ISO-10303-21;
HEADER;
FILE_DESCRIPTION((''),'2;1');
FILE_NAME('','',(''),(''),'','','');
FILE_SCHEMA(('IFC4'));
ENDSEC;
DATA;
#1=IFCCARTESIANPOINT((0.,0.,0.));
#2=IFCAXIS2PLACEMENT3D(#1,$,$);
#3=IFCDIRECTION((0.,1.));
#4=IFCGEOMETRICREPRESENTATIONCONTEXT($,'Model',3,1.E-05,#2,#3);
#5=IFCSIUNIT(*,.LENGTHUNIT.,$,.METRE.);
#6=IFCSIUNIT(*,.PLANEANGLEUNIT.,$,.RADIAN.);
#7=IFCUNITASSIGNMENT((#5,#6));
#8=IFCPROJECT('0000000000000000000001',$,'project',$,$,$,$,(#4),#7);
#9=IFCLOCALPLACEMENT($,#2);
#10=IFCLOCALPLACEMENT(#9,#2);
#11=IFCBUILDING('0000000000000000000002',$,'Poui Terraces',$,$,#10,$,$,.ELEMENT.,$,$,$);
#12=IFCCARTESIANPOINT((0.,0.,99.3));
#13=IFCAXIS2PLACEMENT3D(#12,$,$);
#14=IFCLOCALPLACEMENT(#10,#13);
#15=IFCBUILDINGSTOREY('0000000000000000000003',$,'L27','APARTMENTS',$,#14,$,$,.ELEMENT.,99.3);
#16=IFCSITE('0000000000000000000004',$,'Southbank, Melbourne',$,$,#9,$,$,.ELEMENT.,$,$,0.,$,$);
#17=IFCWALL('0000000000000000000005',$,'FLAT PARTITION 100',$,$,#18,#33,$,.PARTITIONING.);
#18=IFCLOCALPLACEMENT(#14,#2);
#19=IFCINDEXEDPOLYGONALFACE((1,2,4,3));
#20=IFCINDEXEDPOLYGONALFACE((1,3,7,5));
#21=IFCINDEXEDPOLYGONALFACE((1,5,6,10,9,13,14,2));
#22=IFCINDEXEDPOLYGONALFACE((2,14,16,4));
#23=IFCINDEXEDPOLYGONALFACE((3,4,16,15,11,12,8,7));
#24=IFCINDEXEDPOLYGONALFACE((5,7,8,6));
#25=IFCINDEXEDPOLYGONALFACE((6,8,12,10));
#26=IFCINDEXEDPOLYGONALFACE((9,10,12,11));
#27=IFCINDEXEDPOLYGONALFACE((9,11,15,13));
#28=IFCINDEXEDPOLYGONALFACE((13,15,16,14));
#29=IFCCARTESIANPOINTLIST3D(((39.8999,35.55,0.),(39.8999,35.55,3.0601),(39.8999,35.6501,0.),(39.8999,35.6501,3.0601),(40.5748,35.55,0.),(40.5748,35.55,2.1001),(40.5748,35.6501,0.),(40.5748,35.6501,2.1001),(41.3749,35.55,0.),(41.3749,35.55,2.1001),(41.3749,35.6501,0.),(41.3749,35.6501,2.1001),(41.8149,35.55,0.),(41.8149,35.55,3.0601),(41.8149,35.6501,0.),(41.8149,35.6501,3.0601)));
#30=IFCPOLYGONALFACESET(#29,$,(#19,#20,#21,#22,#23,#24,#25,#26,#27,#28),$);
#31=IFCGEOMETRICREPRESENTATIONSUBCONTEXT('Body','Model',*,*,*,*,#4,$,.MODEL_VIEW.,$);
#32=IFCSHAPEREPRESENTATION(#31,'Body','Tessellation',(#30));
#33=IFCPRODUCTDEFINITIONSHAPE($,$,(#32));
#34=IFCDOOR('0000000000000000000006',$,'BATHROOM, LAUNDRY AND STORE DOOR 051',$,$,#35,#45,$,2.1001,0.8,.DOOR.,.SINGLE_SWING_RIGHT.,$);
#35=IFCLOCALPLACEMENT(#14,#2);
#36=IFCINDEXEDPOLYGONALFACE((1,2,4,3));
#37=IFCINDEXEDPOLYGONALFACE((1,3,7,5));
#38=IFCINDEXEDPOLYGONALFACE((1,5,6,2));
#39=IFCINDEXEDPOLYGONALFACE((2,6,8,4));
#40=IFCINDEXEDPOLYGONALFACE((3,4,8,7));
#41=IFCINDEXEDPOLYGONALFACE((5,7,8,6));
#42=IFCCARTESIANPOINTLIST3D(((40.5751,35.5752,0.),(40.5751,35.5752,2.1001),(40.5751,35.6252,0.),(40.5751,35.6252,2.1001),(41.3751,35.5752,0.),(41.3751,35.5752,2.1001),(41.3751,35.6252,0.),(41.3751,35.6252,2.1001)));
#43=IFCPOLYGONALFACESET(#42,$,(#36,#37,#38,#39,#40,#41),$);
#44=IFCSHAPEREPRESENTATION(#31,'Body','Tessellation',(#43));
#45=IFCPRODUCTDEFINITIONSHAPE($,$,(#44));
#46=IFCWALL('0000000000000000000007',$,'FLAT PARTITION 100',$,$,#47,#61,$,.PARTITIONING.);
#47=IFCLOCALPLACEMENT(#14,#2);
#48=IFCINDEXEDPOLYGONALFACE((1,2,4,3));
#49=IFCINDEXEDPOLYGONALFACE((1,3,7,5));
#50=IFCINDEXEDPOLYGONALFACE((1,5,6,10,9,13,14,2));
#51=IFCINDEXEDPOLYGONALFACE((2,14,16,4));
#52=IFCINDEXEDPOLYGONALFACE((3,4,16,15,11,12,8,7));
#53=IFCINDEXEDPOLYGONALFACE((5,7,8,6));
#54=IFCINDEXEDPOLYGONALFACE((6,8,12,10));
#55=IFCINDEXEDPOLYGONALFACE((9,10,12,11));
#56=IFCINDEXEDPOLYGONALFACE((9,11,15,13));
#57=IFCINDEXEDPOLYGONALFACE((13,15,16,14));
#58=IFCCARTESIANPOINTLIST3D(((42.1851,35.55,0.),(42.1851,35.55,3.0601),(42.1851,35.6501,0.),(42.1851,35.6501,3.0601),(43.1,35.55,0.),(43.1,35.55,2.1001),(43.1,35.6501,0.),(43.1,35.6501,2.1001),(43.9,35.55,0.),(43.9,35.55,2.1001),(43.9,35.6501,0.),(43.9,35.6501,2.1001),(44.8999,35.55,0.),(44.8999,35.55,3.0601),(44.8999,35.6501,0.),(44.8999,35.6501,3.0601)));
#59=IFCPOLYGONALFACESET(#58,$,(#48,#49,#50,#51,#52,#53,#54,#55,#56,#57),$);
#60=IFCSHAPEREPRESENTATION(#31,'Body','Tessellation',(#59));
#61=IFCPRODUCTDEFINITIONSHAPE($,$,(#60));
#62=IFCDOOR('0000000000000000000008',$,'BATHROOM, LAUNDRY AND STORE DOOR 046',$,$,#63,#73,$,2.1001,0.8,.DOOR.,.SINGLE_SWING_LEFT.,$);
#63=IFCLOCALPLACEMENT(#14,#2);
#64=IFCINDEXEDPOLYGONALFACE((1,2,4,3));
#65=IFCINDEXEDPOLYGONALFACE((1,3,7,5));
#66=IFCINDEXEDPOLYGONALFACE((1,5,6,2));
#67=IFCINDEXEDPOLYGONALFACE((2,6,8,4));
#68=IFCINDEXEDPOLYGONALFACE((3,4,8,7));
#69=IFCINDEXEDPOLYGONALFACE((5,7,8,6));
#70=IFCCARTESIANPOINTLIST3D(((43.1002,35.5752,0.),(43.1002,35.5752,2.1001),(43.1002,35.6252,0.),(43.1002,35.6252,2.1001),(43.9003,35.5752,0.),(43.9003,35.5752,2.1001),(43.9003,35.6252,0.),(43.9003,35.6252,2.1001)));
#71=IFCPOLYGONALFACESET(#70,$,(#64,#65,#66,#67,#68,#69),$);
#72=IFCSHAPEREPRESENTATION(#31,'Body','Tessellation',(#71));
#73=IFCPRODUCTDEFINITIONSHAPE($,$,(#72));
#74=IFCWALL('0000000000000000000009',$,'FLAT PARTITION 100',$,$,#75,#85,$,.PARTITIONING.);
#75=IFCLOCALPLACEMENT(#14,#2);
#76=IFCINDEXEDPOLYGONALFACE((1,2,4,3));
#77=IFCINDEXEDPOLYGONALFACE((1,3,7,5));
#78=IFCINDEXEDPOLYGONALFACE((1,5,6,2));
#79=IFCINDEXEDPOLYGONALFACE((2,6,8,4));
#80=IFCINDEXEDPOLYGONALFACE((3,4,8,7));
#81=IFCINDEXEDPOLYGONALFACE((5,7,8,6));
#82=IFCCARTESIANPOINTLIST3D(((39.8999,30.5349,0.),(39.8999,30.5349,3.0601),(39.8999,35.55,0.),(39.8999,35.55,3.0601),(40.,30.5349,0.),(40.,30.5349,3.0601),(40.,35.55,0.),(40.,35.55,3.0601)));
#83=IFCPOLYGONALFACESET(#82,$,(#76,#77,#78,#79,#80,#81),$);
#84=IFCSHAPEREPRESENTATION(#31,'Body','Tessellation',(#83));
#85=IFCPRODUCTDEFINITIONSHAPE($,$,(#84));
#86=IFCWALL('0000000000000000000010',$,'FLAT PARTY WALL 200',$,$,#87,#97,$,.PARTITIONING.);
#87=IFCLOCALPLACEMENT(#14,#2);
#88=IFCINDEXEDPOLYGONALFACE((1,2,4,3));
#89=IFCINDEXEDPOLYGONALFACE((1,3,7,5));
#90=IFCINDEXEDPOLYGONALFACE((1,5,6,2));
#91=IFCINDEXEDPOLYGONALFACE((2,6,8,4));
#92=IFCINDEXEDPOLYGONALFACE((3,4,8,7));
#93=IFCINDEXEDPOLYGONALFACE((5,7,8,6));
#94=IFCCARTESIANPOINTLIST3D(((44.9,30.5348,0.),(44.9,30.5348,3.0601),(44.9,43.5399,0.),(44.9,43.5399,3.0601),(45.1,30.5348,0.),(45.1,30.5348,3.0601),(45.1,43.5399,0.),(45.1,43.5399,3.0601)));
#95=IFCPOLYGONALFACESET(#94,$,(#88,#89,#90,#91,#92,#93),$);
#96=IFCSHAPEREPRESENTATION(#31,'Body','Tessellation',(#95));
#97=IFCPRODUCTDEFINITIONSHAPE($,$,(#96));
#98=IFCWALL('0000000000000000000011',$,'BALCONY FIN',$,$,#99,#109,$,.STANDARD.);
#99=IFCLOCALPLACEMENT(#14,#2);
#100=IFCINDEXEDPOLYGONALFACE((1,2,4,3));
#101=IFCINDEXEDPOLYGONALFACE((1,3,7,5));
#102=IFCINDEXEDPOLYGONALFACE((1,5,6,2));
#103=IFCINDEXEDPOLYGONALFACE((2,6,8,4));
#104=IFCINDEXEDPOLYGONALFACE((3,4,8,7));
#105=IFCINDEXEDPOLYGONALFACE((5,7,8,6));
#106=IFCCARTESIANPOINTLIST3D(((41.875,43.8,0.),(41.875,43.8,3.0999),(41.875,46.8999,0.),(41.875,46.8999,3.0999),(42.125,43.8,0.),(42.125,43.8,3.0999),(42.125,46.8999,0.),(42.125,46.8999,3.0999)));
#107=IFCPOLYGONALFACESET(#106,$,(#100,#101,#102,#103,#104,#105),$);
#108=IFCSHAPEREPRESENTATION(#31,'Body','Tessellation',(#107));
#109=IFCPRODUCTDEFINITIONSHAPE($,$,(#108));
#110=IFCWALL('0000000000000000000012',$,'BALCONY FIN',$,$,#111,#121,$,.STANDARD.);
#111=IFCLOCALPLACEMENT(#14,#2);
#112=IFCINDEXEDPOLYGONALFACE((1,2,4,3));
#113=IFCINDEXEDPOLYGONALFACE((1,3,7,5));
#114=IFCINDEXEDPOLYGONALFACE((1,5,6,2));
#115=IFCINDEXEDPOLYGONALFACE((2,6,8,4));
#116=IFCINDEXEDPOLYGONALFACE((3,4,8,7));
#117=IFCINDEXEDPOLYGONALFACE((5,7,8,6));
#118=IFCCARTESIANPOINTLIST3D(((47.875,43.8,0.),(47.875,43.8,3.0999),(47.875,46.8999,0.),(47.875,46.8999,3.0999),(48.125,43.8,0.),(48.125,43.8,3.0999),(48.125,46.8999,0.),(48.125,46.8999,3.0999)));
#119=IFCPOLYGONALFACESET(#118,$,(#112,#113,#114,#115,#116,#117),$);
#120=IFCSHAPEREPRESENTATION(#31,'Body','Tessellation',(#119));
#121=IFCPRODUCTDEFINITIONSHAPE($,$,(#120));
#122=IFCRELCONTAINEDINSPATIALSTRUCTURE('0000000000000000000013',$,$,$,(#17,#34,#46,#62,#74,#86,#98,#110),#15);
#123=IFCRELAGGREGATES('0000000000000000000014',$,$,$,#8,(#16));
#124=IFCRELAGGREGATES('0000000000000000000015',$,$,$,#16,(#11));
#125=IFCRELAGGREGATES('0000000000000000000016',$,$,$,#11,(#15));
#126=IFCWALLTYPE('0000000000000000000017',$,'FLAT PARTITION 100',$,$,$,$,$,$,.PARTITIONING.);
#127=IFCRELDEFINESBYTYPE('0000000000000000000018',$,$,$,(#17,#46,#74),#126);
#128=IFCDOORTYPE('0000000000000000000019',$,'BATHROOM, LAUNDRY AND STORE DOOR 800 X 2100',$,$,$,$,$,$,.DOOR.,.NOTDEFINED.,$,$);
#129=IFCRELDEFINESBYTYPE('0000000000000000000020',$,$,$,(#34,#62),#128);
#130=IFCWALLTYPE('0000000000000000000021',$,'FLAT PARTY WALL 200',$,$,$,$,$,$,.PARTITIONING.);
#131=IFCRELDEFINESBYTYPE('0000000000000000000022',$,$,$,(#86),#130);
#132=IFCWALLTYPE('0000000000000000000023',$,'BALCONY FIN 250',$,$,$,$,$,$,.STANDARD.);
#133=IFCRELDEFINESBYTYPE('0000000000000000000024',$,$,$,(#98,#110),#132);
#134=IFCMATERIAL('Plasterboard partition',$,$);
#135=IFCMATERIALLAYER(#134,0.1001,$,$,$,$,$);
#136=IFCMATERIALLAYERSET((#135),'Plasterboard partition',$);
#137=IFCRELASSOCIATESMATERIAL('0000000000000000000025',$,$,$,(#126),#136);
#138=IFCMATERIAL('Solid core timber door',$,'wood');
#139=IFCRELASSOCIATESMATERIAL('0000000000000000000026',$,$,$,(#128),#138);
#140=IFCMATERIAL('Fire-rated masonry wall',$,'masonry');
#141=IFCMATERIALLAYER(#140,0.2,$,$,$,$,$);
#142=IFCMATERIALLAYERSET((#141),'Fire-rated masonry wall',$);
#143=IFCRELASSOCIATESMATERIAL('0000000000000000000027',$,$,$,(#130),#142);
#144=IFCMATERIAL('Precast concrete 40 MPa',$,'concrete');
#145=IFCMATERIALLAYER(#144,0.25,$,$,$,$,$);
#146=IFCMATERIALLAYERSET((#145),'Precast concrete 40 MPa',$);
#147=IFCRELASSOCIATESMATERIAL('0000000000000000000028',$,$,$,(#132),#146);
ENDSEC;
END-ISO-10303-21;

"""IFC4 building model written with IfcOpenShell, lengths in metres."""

from ifc_helpers import new_model, si_unit, direction, frame, frame_2d, origin, place, context, subcontext, project, spatial, polyline, rectangle, outline, extrude, source, transform, mapped, material, layer, layer_set, type_object, element, fill, save


model = new_model("IFC4")

# Units and contexts
model_context = context("Model", 3, precision=1e-05, world=origin(), true_north=direction((0.0, 1.0)))
body_context = subcontext(model_context, "Body", "Model", "MODEL_VIEW")
ifc_project = project(units=[si_unit("LENGTHUNIT", "METRE"), si_unit("PLANEANGLEUNIT", "RADIAN")], contexts=[model_context])

# Site, building, storey
site_placement = place(None, origin())
site = spatial("IfcSite", under=ifc_project, at=site_placement, Name="Southbank, Melbourne", CompositionType="ELEMENT", RefElevation=0.0)
building_placement = place(site_placement, origin())
building = spatial("IfcBuilding", under=site, at=building_placement, Name="Poui Terraces", CompositionType="ELEMENT")
storey_placement = place(building_placement, frame((0.0, 0.0, 99.3)))
storey = spatial("IfcBuildingStorey", under=building, at=storey_placement, Name="L27", Description="APARTMENTS", CompositionType="ELEMENT", Elevation=99.3)

# Walls, openings, doors
ifc_material_1 = material(Name="Solid core timber door", Category="wood")
ifc_material_2 = material(Name="Plasterboard partition")
ifc_layer_1 = layer(ifc_material_2, 0.1001)
ifc_layer_set_1 = layer_set([ifc_layer_1], Name="Plasterboard partition")
wall_type_1 = type_object("IfcWallType", Name="FLAT PARTITION 100", PredefinedType="PARTITIONING", material=ifc_layer_set_1)
door_type_1 = type_object("IfcDoorType", Name="BATHROOM, LAUNDRY AND STORE DOOR 800 X 2100", OperationType="NOTDEFINED", PredefinedType="DOOR", material=ifc_material_1)
wall_1_placement = place(storey_placement, frame((39.8999, 35.6001, 0.0), z_axis=(0.0, 0.0, 1.0), x_axis=(1.0, 0.0, 0.0)))
wall_1 = element("IfcWall", 1, at=wall_1_placement, inside=storey, type_object=wall_type_1, Name="FLAT PARTITION 100", PredefinedType="PARTITIONING", context=body_context, shape_type="SweptSolid", body=[
    extrude(rectangle(XDim=1.915, YDim=0.1001, at=frame_2d((0.9575, 0.0))), origin(), (0.0, 0.0, 1.0), 3.0601),
])
opening_1_placement = place(wall_1_placement, frame((0.675, 0.0, 0.0)))
opening_1 = element("IfcOpeningElement", 2, at=opening_1_placement, cuts=wall_1, PredefinedType="OPENING", context=body_context, shape_type="SweptSolid", body=[
    extrude(rectangle(XDim=0.8, YDim=2.1001, at=frame_2d((0.3999, 1.05))), frame((0.0, 0.0601, 0.0), z_axis=(0.0, -1.0, 0.0), x_axis=(1.0, 0.0, 0.0)), (0.0, 0.0, 1.0), 0.1201),
])
door_1_placement = place(opening_1_placement, frame((0.8, 0.0, 0.0), z_axis=(0.0, 0.0, 1.0), x_axis=(-1.0, 0.0, 0.0)))
door_1 = element("IfcDoor", 3, at=door_1_placement, inside=storey, type_object=door_type_1, Name="BATHROOM, LAUNDRY AND STORE DOOR 051", OperationType="SINGLE_SWING_RIGHT", OverallHeight=2.1001, OverallWidth=0.8, PredefinedType="DOOR", context=body_context, shape_type="SweptSolid", body=[
    extrude(rectangle(XDim=0.8, YDim=2.1001, at=frame_2d((0.3999, 1.05))), frame((0.0, 0.0249, 0.0), z_axis=(0.0, -1.0, 0.0), x_axis=(1.0, 0.0, 0.0)), (0.0, 0.0, 1.0), 0.05),
])
fill(opening_1, door_1)
wall_2_placement = place(storey_placement, frame((42.1851, 35.6001, 0.0), z_axis=(0.0, 0.0, 1.0), x_axis=(1.0, 0.0, 0.0)))
wall_2 = element("IfcWall", 4, at=wall_2_placement, inside=storey, type_object=wall_type_1, Name="FLAT PARTITION 100", PredefinedType="PARTITIONING", context=body_context, shape_type="SweptSolid", body=[
    extrude(rectangle(XDim=2.7148, YDim=0.1001, at=frame_2d((1.3574, 0.0))), origin(), (0.0, 0.0, 1.0), 3.0601),
])
opening_2_placement = place(wall_2_placement, frame((0.915, 0.0, 0.0)))
opening_2 = element("IfcOpeningElement", 5, at=opening_2_placement, cuts=wall_2, PredefinedType="OPENING", context=body_context, shape_type="SweptSolid", body=[
    extrude(rectangle(XDim=0.8, YDim=2.1001, at=frame_2d((0.3999, 1.05))), frame((0.0, 0.0601, 0.0), z_axis=(0.0, -1.0, 0.0), x_axis=(1.0, 0.0, 0.0)), (0.0, 0.0, 1.0), 0.1201),
])
door_2_placement = place(opening_2_placement, frame((0.8, 0.0, 0.0), z_axis=(0.0, 0.0, 1.0), x_axis=(-1.0, 0.0, 0.0)))
door_2 = element("IfcDoor", 6, at=door_2_placement, inside=storey, type_object=door_type_1, Name="BATHROOM, LAUNDRY AND STORE DOOR 046", OperationType="SINGLE_SWING_LEFT", OverallHeight=2.1001, OverallWidth=0.8, PredefinedType="DOOR", context=body_context, shape_type="SweptSolid", body=[
    extrude(rectangle(XDim=0.8, YDim=2.1001, at=frame_2d((0.3999, 1.05))), frame((0.0, 0.0249, 0.0), z_axis=(0.0, -1.0, 0.0), x_axis=(1.0, 0.0, 0.0)), (0.0, 0.0, 1.0), 0.05),
])
fill(opening_2, door_2)

# Walls
wall_3_placement = place(storey_placement, frame((39.95, 30.5349, 0.0), z_axis=(0.0, 0.0, 1.0), x_axis=(0.0, 1.0, 0.0)))
element("IfcWall", 7, at=wall_3_placement, inside=storey, type_object=wall_type_1, Name="FLAT PARTITION 100", PredefinedType="PARTITIONING", context=body_context, shape_type="SweptSolid", body=[
    extrude(rectangle(XDim=5.0151, YDim=0.1001, at=frame_2d((2.5076, 0.0))), origin(), (0.0, 0.0, 1.0), 3.0601),
])
ifc_material_3 = material(Name="Fire-rated masonry wall", Category="masonry")
ifc_layer_2 = layer(ifc_material_3, 0.2)
ifc_layer_set_2 = layer_set([ifc_layer_2], Name="Fire-rated masonry wall")
wall_type_2 = type_object("IfcWallType", Name="FLAT PARTY WALL 200", PredefinedType="PARTITIONING", material=ifc_layer_set_2)
wall_4_placement = place(storey_placement, frame((45.0, 30.5349, 0.0), z_axis=(0.0, 0.0, 1.0), x_axis=(0.0, 1.0, 0.0)))
element("IfcWall", 8, at=wall_4_placement, inside=storey, type_object=wall_type_2, Name="FLAT PARTY WALL 200", PredefinedType="PARTITIONING", context=body_context, shape_type="SweptSolid", body=[
    extrude(rectangle(XDim=13.0051, YDim=0.2, at=frame_2d((6.5024, 0.0))), origin(), (0.0, 0.0, 1.0), 3.0601),
])
ifc_material_4 = material(Name="Precast concrete 40 MPa", Category="concrete")
ifc_layer_3 = layer(ifc_material_4, 0.25)
ifc_layer_set_3 = layer_set([ifc_layer_3], Name="Precast concrete 40 MPa")
wall_type_3 = type_object("IfcWallType", Name="BALCONY FIN 250", PredefinedType="STANDARD", material=ifc_layer_set_3)
shared_shape_1 = source(origin(), body_context, "Body", "SweptSolid", [
    extrude(outline(polyline([(0.0, 0.0), (0.25, 0.0), (0.25, 3.0999), (0.0, 3.0999), (0.0, 0.0)])), origin(), (0.0, 0.0, 1.0), 3.0999),
])
for number, where, name in (
    (9, (41.875, 43.8, 0.0), "BALCONY FIN"),
    (10, (47.875, 43.8, 0.0), "BALCONY FIN"),
):
    element("IfcWall", number, at=place(storey_placement, frame(where)), inside=storey, type_object=wall_type_3, Name=name, PredefinedType="STANDARD", context=body_context, shape_type="MappedRepresentation", body=[
        mapped(shared_shape_1, transform((0.0, 0.0, 0.0))),
    ])

save(model, "model.ifc")
